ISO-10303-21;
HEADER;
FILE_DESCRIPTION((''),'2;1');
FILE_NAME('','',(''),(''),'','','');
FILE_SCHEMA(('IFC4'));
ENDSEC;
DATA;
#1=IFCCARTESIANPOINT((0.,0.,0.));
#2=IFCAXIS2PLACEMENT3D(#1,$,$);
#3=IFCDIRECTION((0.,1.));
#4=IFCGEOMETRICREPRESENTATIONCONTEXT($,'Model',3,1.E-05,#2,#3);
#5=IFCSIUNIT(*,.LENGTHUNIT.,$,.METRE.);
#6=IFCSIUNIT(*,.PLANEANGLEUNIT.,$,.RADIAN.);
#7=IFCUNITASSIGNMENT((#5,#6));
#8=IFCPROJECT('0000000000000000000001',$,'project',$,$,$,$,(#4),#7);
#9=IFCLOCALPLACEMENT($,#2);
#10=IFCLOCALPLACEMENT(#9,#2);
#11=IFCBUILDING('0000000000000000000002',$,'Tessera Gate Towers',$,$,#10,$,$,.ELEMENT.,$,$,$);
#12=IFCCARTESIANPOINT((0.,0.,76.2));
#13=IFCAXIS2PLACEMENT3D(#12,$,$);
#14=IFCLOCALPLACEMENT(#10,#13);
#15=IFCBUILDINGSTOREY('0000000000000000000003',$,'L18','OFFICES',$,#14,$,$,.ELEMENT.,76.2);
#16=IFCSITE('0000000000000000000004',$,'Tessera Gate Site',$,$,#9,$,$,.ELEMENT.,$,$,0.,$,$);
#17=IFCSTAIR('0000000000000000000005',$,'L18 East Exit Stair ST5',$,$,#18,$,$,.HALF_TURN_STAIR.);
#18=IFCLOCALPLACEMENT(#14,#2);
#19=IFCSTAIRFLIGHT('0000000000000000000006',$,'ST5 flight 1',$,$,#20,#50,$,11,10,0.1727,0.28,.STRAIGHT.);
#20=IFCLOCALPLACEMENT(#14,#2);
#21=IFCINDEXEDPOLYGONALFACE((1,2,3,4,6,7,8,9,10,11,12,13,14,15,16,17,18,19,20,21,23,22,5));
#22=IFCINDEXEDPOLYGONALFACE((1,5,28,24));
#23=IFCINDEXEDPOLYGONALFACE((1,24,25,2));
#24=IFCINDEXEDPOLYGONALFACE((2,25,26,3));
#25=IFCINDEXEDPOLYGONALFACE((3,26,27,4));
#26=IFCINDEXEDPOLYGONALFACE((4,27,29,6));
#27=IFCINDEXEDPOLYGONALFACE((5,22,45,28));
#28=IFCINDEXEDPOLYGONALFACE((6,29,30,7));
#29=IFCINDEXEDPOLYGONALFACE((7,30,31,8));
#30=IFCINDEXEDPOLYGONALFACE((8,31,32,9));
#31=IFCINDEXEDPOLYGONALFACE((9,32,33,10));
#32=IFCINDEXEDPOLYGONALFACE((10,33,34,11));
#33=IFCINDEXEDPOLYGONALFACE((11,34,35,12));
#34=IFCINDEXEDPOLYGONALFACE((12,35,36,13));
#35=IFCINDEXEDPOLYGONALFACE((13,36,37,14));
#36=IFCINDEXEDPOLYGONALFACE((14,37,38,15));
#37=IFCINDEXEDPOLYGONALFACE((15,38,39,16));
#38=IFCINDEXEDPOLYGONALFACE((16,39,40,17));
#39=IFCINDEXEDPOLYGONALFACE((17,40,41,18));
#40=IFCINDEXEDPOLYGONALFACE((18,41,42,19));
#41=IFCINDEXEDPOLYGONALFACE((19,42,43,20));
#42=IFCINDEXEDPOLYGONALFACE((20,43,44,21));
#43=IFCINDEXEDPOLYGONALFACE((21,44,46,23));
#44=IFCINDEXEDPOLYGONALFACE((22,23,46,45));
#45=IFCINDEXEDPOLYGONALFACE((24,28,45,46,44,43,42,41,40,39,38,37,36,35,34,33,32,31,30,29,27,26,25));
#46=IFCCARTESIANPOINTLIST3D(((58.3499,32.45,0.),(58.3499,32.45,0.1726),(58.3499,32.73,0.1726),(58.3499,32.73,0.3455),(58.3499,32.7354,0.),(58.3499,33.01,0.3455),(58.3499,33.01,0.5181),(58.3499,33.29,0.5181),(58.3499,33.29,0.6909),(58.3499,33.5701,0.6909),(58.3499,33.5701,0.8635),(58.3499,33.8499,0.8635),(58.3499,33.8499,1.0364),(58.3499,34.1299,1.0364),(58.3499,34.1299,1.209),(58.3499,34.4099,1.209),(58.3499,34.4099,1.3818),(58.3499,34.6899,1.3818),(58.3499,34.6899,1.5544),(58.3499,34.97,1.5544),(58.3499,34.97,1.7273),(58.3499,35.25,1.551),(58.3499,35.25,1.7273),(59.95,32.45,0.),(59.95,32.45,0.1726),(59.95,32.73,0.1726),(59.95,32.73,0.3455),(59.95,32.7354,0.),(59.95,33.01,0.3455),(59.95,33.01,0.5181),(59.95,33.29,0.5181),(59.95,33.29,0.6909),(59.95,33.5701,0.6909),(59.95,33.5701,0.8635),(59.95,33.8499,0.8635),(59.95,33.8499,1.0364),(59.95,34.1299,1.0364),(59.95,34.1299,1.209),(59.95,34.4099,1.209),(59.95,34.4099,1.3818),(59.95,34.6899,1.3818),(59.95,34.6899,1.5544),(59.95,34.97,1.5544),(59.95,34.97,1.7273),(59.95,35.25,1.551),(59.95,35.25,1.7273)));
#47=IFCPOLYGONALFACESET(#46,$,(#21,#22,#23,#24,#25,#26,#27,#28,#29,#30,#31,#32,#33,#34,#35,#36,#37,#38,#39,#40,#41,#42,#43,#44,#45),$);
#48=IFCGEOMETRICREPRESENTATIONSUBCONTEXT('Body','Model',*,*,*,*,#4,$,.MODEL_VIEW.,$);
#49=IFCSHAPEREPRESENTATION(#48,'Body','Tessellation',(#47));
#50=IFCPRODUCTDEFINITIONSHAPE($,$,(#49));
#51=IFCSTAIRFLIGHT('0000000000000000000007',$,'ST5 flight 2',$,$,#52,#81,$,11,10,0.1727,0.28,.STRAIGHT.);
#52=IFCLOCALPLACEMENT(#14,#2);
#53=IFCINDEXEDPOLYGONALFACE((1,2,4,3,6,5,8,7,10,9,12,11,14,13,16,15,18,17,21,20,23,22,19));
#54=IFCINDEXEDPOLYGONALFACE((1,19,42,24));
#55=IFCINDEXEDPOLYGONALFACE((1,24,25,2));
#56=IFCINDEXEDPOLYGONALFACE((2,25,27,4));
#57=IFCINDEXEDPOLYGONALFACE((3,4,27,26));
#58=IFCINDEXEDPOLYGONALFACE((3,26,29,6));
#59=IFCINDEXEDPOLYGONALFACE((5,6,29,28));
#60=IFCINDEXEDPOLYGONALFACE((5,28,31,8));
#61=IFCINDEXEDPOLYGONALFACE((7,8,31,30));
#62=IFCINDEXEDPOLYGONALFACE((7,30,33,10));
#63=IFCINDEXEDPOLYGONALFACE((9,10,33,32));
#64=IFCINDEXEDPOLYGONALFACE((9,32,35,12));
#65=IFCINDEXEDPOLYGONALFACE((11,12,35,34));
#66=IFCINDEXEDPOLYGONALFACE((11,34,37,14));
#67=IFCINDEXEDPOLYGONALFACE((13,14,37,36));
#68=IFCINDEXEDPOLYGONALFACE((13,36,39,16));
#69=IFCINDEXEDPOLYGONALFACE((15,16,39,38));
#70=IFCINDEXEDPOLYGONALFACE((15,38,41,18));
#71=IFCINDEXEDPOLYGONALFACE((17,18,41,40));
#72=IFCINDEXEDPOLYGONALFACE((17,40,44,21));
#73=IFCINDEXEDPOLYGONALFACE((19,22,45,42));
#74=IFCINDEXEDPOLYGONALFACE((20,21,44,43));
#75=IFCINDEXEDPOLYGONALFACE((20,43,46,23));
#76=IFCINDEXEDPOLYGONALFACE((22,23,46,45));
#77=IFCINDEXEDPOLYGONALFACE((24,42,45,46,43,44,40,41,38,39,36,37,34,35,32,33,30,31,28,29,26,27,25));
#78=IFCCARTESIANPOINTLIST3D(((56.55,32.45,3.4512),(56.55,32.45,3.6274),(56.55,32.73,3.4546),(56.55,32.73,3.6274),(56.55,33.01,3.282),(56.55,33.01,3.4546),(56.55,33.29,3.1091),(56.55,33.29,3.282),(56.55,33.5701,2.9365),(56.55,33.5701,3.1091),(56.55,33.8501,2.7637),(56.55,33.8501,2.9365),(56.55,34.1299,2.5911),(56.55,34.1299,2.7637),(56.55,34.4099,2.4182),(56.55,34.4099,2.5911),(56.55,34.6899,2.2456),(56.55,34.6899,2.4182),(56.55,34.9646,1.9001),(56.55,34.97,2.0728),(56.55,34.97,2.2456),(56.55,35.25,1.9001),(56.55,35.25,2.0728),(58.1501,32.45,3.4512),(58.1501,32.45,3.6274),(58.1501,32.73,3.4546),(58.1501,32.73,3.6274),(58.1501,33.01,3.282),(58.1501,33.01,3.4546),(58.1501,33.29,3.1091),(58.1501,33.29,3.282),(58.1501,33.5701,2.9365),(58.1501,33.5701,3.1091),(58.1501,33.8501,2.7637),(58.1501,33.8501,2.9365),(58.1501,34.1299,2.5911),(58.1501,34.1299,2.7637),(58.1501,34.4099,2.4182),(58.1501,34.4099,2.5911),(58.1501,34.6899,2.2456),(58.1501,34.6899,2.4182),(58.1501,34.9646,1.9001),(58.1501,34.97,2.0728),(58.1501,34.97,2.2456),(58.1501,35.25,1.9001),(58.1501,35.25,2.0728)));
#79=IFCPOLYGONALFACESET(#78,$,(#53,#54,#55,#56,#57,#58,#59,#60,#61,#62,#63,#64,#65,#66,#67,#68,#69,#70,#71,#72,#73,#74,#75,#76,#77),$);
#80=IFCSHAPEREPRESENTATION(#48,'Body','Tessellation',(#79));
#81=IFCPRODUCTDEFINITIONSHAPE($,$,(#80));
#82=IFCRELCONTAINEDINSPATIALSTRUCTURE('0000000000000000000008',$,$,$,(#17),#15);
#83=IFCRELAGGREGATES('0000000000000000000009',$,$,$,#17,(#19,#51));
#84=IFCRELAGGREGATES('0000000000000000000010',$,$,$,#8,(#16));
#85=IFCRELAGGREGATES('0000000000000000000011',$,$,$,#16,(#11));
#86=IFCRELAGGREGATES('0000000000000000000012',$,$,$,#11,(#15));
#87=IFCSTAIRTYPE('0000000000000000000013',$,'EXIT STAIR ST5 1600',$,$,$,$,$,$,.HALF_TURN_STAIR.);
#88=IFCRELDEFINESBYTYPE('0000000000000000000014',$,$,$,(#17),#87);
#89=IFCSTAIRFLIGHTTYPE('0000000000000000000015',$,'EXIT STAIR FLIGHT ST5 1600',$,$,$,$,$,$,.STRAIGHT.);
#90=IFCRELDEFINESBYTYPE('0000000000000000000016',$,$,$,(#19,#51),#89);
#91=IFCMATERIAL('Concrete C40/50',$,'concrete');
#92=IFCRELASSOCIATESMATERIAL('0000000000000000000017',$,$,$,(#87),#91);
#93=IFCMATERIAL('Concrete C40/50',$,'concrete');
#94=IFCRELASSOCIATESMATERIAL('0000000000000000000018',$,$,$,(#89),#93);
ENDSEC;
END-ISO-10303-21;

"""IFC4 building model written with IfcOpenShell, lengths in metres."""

from ifc_helpers import new_model, si_unit, direction, frame, origin, place, context, subcontext, project, spatial, polyline, outline, extrude, material, type_object, element, aggregate, save


model = new_model("IFC4")

# Units and contexts
model_context = context("Model", 3, precision=1e-05, world=origin(), true_north=direction((0.0, 1.0)))
body_context = subcontext(model_context, "Body", "Model", "MODEL_VIEW")
ifc_project = project(units=[si_unit("LENGTHUNIT", "METRE"), si_unit("PLANEANGLEUNIT", "RADIAN")], contexts=[model_context])

# Site, building, storey
site_placement = place(None, origin())
site = spatial("IfcSite", under=ifc_project, at=site_placement, Name="Tessera Gate Site", CompositionType="ELEMENT", RefElevation=0.0)
building_placement = place(site_placement, origin())
building = spatial("IfcBuilding", under=site, at=building_placement, Name="Tessera Gate Towers", CompositionType="ELEMENT")
storey_placement = place(building_placement, frame((0.0, 0.0, 76.2)))
storey = spatial("IfcBuildingStorey", under=building, at=storey_placement, Name="L18", Description="OFFICES", CompositionType="ELEMENT", Elevation=76.2)

# Stair, stair flights
ifc_material_1 = material(Name="Concrete C40/50", Category="concrete")
stair_type_1 = type_object("IfcStairType", Name="EXIT STAIR ST5 1600", PredefinedType="HALF_TURN_STAIR", material=ifc_material_1)
stair_1_placement = place(storey_placement, origin())
stair_1 = element("IfcStair", 1, at=stair_1_placement, inside=storey, type_object=stair_type_1, Name="L18 East Exit Stair ST5", PredefinedType="HALF_TURN_STAIR")
ifc_material_2 = material(Name="Concrete C40/50", Category="concrete")
stair_flight_type_1 = type_object("IfcStairFlightType", Name="EXIT STAIR FLIGHT ST5 1600", PredefinedType="STRAIGHT", material=ifc_material_2)
stair_flight_1_placement = place(storey_placement, frame((59.1499, 32.45, 0.0), z_axis=(0.0, 0.0, 1.0), x_axis=(0.0, 1.0, 0.0)))
stair_flight_1 = element("IfcStairFlight", 2, at=stair_flight_1_placement, type_object=stair_flight_type_1, Name="ST5 flight 1", NumberOfRisers=11, NumberOfTreads=10, PredefinedType="STRAIGHT", RiserHeight=0.1727, TreadLength=0.28, context=body_context, shape_type="SweptSolid", body=[
    extrude(outline(polyline([(0.0, 0.0), (0.0, 0.1726), (0.28, 0.1726), (0.28, 0.3455), (0.5601, 0.3455), (0.5601, 0.5181), (0.8401, 0.5181), (0.8401, 0.6909), (1.1201, 0.6909), (1.1201, 0.8635), (1.3999, 0.8635), (1.3999, 1.0364), (1.6799, 1.0364), (1.6799, 1.209), (1.96, 1.209), (1.96, 1.3818), (2.24, 1.3818), (2.24, 1.5544), (2.52, 1.5544), (2.52, 1.7273), (2.8, 1.7273), (2.8, 1.8999), (2.8, 1.551), (0.2854, 0.0), (0.0, 0.0)])), frame((0.0, 0.8, 0.0), z_axis=(0.0, -1.0, 0.0), x_axis=(1.0, 0.0, 0.0)), (0.0, 0.0, 1.0), 1.6001),
])
stair_flight_2_placement = place(storey_placement, frame((57.3501, 35.25, 1.9001), z_axis=(0.0, 0.0, 1.0), x_axis=(0.0, -1.0, 0.0)))
stair_flight_2 = element("IfcStairFlight", 3, at=stair_flight_2_placement, type_object=stair_flight_type_1, Name="ST5 flight 2", NumberOfRisers=11, NumberOfTreads=10, PredefinedType="STRAIGHT", RiserHeight=0.1727, TreadLength=0.28, context=body_context, shape_type="SweptSolid", body=[
    extrude(outline(polyline([(0.0, 0.0), (0.0, 0.1726), (0.28, 0.1726), (0.28, 0.3455), (0.5601, 0.3455), (0.5601, 0.5181), (0.8401, 0.5181), (0.8401, 0.6909), (1.1201, 0.6909), (1.1201, 0.8635), (1.3999, 0.8635), (1.3999, 1.0364), (1.6799, 1.0364), (1.6799, 1.209), (1.96, 1.209), (1.96, 1.3818), (2.24, 1.3818), (2.24, 1.5544), (2.52, 1.5544), (2.52, 1.7273), (2.8, 1.7273), (2.8, 1.8999), (2.8, 1.551), (0.2854, 0.0), (0.0, 0.0)])), frame((0.0, 0.8, 0.0), z_axis=(0.0, -1.0, 0.0), x_axis=(1.0, 0.0, 0.0)), (0.0, 0.0, 1.0), 1.6001),
])
aggregate(stair_1, [stair_flight_1, stair_flight_2])

save(model, "model.ifc")
